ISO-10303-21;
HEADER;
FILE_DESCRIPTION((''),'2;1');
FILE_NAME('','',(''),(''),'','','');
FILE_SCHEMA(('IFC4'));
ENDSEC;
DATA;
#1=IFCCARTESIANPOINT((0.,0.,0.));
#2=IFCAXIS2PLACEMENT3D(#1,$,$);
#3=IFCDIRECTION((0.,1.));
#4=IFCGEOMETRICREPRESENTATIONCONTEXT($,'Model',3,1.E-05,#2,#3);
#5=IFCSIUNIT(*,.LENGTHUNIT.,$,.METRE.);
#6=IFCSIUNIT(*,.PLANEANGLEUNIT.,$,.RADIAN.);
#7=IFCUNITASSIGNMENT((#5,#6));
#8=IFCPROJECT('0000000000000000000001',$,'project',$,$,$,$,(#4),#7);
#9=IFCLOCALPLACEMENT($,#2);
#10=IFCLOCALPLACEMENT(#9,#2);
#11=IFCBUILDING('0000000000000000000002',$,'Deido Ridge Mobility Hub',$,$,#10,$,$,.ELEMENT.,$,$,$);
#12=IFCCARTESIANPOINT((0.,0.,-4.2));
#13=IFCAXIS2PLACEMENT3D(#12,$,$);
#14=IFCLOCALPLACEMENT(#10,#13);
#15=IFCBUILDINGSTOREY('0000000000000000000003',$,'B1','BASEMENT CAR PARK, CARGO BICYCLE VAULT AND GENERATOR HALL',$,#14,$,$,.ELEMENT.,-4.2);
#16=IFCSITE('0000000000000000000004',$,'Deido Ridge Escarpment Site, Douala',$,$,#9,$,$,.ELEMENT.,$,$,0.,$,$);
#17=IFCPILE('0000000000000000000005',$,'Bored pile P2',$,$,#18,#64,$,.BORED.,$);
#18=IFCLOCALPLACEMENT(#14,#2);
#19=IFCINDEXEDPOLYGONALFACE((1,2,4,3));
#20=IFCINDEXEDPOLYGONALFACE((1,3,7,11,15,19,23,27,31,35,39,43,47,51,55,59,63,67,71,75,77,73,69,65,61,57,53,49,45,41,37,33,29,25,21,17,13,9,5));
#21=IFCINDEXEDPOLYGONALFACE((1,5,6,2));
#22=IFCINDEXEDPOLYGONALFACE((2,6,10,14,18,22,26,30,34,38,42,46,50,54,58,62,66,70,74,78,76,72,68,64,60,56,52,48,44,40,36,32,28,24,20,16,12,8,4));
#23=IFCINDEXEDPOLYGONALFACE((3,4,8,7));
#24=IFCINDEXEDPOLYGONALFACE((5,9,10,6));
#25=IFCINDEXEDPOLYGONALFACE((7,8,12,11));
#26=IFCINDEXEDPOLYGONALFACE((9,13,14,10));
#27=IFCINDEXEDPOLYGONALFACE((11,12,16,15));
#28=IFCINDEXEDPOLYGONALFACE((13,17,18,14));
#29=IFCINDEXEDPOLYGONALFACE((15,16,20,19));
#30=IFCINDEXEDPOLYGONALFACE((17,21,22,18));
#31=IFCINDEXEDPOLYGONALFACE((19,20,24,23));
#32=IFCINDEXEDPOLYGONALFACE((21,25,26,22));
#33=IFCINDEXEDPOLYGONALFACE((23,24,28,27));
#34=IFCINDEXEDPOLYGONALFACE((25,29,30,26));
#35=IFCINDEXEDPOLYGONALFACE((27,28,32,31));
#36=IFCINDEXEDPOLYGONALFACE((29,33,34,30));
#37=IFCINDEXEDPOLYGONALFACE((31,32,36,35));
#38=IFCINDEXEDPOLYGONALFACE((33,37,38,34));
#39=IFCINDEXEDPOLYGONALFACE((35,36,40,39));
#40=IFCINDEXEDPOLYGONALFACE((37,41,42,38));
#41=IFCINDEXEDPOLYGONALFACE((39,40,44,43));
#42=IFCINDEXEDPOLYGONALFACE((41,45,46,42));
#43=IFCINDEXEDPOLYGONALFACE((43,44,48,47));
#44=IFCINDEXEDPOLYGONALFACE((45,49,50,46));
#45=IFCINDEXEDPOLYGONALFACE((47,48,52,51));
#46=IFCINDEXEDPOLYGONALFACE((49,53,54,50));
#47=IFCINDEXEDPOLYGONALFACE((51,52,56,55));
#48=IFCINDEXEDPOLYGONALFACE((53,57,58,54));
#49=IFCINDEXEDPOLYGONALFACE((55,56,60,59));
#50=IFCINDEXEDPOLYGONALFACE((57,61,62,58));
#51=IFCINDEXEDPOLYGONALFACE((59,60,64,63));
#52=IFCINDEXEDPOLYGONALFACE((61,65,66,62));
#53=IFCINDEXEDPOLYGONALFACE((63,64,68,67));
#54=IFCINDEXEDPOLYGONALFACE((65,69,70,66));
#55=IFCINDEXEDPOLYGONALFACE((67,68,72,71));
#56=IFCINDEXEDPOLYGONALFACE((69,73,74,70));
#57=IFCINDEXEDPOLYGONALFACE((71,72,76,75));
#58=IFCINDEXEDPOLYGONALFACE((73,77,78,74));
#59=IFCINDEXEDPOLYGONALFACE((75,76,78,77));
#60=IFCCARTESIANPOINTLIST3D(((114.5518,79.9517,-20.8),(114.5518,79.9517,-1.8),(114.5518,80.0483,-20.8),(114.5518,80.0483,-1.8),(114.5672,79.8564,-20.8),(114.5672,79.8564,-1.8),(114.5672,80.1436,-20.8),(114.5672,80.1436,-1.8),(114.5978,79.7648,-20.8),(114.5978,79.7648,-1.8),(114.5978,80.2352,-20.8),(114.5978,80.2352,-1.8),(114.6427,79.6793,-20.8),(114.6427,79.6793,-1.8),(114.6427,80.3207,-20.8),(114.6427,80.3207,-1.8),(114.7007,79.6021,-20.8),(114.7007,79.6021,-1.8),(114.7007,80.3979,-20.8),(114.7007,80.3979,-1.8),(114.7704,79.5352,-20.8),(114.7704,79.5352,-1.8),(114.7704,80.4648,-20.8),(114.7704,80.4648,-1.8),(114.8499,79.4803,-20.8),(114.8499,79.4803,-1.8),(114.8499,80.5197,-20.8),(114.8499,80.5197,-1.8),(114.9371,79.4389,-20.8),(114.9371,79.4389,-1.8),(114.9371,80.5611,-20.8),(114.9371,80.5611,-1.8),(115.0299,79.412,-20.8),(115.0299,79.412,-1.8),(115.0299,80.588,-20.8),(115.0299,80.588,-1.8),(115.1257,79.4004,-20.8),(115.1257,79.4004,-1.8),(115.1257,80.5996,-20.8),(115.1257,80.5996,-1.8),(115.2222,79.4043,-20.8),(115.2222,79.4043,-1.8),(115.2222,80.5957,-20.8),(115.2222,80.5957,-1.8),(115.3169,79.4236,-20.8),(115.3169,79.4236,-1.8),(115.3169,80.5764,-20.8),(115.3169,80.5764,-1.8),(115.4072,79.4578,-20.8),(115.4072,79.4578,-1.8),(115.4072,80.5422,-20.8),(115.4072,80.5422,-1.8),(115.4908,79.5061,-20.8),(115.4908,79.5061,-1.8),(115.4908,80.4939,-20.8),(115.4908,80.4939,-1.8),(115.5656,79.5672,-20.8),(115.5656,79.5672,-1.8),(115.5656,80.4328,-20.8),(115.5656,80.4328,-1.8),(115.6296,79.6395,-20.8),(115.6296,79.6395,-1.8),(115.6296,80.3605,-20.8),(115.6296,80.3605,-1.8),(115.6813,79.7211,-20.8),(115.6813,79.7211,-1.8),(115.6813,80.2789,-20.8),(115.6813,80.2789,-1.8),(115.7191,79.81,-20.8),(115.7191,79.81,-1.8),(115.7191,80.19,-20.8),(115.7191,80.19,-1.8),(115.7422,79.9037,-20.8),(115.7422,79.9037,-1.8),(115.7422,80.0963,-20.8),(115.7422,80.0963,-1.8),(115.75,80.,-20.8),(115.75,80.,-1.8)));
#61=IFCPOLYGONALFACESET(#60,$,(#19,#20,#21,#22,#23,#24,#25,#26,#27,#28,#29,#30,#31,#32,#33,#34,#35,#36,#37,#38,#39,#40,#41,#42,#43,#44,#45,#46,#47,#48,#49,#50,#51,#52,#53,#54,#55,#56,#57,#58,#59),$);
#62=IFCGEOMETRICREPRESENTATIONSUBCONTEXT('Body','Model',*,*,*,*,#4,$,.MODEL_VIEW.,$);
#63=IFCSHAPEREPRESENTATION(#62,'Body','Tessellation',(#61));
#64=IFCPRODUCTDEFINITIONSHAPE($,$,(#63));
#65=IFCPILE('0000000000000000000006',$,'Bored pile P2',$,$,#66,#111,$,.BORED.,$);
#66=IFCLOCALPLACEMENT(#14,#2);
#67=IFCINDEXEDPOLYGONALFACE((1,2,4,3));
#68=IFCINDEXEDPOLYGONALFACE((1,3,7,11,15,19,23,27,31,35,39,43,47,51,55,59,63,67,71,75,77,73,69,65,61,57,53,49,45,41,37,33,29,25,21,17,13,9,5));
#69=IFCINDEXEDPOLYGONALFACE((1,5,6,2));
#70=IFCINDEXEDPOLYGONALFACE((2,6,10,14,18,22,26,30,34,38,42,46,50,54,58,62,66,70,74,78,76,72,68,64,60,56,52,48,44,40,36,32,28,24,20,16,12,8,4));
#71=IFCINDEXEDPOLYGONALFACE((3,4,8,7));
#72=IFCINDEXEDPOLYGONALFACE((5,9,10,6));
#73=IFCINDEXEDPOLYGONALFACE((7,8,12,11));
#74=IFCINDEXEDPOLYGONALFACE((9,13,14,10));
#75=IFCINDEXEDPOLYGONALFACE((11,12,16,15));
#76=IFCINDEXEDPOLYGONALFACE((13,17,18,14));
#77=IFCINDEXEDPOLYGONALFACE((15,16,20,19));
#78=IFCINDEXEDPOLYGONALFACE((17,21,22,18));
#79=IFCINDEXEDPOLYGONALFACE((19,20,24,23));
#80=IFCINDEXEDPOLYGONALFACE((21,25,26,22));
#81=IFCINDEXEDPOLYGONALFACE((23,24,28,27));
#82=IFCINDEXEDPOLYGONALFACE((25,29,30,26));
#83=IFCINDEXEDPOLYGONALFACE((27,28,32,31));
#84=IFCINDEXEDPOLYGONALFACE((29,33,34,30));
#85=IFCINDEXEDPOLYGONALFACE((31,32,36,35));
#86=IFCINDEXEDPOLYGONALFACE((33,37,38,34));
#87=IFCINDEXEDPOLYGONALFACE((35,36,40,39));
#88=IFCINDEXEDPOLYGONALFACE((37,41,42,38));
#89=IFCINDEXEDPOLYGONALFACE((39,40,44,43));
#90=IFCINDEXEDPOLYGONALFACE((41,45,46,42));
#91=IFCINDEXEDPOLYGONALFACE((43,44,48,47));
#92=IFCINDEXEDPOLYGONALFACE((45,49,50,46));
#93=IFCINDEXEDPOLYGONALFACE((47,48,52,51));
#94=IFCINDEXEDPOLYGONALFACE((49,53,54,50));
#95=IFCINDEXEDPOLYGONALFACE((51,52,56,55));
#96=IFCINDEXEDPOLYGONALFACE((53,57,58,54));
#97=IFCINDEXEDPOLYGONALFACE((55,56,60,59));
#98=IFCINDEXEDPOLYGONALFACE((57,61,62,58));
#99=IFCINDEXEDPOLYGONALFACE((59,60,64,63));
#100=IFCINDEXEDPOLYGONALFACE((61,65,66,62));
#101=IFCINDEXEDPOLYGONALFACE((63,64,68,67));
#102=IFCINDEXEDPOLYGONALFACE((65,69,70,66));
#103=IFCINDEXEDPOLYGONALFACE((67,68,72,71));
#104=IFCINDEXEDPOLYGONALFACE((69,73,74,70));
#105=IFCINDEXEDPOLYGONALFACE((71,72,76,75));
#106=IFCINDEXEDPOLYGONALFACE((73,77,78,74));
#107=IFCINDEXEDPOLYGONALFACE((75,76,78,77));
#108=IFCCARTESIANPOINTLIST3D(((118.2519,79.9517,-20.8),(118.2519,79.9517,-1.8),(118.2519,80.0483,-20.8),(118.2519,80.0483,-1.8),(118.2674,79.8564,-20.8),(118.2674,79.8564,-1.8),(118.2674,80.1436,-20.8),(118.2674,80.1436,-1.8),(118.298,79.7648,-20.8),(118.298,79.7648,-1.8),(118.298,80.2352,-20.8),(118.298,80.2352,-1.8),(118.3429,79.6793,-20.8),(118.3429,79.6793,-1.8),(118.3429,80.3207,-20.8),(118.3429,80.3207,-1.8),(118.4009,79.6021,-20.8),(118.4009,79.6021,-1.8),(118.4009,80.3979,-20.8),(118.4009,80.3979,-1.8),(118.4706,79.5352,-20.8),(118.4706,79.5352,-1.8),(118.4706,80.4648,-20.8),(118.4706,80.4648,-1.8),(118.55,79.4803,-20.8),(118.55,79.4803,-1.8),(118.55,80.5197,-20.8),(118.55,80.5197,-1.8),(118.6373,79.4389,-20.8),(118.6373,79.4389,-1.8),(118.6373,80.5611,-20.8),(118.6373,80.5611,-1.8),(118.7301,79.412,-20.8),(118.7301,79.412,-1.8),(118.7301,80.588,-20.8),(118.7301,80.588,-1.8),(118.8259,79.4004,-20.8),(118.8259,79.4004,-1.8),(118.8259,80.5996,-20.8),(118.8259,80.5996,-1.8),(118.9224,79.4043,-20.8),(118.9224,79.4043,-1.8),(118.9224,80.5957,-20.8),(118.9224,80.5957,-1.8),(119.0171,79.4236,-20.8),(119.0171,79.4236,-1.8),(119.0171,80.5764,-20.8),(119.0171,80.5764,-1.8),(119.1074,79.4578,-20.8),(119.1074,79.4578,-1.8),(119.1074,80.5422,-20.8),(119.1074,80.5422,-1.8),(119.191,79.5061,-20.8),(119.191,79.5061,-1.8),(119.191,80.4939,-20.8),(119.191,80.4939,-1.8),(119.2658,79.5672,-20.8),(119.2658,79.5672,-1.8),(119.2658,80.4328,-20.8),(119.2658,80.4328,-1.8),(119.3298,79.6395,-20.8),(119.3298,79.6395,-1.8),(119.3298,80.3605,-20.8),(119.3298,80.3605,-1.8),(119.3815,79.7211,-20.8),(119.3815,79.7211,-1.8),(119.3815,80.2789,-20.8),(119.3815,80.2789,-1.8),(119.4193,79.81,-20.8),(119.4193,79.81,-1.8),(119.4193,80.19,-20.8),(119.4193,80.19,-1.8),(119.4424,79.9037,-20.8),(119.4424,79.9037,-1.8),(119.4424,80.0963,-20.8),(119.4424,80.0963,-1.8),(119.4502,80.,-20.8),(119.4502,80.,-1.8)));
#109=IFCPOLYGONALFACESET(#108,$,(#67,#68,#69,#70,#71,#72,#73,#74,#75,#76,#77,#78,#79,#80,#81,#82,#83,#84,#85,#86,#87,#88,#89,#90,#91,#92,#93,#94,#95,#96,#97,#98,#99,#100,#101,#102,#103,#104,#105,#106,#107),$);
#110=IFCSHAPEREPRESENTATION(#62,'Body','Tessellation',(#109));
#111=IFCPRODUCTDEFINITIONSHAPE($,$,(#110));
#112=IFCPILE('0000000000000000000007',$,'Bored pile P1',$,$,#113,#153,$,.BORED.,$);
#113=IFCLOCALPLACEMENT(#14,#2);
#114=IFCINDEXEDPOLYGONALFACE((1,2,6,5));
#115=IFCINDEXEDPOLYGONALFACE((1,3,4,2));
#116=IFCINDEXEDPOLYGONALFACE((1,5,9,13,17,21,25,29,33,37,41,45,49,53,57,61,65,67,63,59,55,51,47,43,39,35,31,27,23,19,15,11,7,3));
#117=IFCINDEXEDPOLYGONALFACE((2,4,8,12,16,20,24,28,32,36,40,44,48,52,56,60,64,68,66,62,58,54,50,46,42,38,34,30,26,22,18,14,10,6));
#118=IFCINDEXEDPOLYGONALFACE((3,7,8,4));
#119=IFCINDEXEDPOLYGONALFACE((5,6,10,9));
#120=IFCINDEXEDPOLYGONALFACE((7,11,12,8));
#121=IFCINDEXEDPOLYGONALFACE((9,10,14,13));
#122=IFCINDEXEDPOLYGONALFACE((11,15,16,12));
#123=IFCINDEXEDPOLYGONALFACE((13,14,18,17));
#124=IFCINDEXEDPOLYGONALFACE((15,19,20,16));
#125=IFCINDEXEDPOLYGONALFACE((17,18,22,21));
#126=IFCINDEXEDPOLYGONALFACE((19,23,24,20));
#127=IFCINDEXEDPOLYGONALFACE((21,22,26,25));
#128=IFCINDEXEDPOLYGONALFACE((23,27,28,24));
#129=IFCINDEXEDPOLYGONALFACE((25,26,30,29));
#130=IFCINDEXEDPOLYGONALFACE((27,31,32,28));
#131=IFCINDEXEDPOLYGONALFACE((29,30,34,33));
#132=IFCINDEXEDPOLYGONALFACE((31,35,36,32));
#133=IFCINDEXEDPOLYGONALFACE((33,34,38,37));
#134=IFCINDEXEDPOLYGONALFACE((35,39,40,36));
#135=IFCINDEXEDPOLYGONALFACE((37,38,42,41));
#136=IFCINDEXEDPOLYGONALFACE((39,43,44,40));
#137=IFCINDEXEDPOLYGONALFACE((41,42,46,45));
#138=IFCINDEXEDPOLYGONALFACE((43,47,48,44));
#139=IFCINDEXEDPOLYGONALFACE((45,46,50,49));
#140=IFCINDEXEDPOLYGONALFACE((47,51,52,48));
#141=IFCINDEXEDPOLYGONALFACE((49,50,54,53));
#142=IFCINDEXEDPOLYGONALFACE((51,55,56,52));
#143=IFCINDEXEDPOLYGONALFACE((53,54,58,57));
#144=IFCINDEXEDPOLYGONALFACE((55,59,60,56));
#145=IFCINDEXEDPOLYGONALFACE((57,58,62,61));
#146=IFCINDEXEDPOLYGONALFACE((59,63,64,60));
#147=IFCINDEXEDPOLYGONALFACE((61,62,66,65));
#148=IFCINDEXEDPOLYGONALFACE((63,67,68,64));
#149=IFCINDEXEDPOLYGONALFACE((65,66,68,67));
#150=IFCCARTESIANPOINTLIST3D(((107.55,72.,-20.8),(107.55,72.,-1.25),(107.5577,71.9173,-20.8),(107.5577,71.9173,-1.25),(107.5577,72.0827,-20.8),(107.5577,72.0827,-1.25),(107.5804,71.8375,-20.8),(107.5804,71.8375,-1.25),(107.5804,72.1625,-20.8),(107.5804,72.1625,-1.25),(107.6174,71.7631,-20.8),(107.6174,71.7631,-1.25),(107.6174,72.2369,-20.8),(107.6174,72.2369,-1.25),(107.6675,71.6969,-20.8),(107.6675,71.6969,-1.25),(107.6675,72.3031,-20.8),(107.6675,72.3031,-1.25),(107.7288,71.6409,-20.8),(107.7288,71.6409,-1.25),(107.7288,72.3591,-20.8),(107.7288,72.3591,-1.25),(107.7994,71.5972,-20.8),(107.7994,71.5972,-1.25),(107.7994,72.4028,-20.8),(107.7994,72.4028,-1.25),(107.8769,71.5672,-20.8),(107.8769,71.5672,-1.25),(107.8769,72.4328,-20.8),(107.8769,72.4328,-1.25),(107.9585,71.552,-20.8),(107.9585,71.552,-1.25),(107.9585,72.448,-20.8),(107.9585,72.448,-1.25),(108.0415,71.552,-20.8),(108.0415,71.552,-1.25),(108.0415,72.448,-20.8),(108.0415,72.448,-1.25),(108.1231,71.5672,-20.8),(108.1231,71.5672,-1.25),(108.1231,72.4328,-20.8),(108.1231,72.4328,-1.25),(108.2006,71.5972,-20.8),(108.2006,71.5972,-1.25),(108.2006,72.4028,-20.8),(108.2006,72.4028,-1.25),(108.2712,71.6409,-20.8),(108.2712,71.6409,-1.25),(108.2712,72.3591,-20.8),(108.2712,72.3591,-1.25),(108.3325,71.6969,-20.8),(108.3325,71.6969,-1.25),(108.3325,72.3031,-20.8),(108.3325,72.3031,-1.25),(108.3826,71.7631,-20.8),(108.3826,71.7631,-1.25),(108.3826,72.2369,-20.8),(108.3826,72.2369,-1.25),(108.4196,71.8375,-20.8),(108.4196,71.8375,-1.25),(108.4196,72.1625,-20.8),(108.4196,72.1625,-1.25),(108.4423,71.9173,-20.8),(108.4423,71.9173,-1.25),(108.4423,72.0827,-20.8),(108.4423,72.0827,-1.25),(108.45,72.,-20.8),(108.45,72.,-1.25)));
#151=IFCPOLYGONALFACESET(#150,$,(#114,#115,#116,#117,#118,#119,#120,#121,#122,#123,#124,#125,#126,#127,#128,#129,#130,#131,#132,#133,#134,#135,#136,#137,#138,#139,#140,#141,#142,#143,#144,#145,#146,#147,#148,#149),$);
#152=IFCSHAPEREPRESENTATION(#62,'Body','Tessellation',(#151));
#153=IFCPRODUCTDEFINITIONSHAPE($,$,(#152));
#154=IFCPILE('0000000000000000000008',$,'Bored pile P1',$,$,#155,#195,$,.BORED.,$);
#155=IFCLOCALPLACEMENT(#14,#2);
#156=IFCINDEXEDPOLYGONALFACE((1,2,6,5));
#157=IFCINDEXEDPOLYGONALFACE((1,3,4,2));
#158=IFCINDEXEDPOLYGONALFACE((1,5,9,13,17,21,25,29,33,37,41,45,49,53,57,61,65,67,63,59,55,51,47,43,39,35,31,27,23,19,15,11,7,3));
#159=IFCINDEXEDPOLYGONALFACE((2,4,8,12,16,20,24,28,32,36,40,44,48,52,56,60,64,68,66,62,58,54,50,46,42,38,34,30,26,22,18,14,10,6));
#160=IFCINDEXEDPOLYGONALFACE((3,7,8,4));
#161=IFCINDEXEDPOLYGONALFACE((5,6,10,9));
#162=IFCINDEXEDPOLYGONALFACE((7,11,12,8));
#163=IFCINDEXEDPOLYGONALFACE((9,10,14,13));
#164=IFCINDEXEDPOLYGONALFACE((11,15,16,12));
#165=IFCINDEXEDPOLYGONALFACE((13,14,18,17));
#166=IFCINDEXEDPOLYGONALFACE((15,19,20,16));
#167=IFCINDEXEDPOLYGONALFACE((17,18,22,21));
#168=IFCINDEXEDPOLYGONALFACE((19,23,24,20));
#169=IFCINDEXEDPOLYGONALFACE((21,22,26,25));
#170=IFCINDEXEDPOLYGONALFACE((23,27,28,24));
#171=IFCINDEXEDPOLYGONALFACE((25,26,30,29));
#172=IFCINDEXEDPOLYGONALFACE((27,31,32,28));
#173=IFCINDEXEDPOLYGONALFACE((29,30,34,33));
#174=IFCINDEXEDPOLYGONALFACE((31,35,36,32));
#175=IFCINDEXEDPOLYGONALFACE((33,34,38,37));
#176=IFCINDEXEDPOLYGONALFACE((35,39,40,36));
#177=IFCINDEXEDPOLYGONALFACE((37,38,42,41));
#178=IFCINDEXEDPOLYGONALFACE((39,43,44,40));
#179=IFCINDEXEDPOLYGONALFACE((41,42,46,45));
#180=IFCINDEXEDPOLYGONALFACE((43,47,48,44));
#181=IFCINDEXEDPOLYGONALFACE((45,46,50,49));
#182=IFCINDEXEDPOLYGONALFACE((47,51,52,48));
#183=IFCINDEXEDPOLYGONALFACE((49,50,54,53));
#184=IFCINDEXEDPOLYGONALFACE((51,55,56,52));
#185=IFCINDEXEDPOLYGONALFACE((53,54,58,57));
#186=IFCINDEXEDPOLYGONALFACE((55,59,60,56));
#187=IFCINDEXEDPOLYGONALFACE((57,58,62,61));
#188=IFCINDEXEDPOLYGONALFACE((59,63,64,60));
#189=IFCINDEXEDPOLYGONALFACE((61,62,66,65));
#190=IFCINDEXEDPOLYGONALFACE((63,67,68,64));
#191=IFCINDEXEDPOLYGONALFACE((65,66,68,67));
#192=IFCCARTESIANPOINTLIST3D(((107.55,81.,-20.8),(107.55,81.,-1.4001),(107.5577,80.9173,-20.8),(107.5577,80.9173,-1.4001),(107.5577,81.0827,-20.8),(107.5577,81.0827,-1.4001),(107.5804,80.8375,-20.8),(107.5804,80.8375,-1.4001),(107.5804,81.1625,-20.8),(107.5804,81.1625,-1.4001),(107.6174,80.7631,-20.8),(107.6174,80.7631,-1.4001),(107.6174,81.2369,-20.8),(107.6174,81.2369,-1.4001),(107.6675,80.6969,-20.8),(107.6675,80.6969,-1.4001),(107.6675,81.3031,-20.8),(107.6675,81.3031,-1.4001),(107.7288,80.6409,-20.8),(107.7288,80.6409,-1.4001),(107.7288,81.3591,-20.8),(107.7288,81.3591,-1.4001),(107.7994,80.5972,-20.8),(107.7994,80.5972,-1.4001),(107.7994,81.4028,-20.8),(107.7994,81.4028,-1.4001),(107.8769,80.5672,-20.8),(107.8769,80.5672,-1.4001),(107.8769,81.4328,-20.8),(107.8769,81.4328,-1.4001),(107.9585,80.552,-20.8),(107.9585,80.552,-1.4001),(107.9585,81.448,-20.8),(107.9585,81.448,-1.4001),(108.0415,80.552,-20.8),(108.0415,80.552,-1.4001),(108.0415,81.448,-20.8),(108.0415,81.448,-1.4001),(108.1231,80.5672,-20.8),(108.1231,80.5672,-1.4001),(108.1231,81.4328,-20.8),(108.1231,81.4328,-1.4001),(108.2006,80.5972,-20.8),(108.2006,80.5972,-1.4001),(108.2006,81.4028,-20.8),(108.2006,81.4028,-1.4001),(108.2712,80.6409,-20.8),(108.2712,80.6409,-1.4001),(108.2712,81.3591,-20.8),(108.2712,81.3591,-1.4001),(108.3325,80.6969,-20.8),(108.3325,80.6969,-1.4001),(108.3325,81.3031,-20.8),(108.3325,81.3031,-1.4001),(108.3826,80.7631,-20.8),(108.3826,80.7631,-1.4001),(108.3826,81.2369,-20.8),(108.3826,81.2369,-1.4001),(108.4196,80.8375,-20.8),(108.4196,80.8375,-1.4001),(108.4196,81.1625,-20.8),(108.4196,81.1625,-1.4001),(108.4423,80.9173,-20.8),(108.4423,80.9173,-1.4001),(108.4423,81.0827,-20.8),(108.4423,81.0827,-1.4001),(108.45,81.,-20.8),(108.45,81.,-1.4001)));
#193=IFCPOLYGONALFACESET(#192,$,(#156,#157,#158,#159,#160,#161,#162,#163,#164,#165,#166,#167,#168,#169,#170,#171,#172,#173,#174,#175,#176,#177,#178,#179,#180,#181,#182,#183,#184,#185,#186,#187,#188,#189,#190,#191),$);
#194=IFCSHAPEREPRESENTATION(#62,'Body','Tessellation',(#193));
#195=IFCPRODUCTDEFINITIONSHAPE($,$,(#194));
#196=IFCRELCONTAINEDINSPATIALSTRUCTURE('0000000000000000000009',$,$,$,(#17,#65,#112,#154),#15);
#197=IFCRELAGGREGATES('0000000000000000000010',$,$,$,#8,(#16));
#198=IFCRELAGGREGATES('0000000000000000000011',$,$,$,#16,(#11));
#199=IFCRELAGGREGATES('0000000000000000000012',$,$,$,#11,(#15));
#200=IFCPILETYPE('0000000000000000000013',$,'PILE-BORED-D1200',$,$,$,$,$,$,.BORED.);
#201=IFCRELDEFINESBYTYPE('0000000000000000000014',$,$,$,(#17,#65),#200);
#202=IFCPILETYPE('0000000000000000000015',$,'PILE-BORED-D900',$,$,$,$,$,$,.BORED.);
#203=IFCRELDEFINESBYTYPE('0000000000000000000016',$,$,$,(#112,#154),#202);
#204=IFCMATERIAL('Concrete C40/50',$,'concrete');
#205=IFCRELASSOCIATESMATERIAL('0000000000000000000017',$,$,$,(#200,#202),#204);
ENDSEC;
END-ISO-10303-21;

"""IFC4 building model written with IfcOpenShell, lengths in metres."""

from ifc_helpers import new_model, si_unit, direction, frame, origin, origin_2d, place, context, subcontext, project, spatial, circle, extrude, material, material_profile, profile_set, type_object, element, save


model = new_model("IFC4")

# Units and contexts
model_context = context("Model", 3, precision=1e-05, world=origin(), true_north=direction((0.0, 1.0)))
body_context = subcontext(model_context, "Body", "Model", "MODEL_VIEW")
ifc_project = project(units=[si_unit("LENGTHUNIT", "METRE"), si_unit("PLANEANGLEUNIT", "RADIAN")], contexts=[model_context])

# Site, building, storey
site_placement = place(None, origin())
site = spatial("IfcSite", under=ifc_project, at=site_placement, Name="Deido Ridge Escarpment Site, Douala", CompositionType="ELEMENT", RefElevation=0.0)
building_placement = place(site_placement, origin())
building = spatial("IfcBuilding", under=site, at=building_placement, Name="Deido Ridge Mobility Hub", CompositionType="ELEMENT")
storey_placement = place(building_placement, frame((0.0, 0.0, -4.2)))
storey = spatial("IfcBuildingStorey", under=building, at=storey_placement, Name="B1", Description="BASEMENT CAR PARK, CARGO BICYCLE VAULT AND GENERATOR HALL", CompositionType="ELEMENT", Elevation=-4.2)

# Shared definitions
ifc_material_1 = material(Name="Concrete C40/50", Category="concrete")

# Piles
ifc_material_profile_1 = material_profile(ifc_material_1, circle(Radius=0.6001, at=origin_2d()), Name="BORED PILE D1200")
ifc_profile_set_1 = profile_set([ifc_material_profile_1], Name="Concrete C40/50")
pile_type_1 = type_object("IfcPileType", Name="PILE-BORED-D1200", PredefinedType="BORED", material=ifc_profile_set_1)
for number, where, z_axis, x_axis, name in (
    (1, (115.1499, 80.0, -1.8), (0.0, 0.0, -1.0), (1.0, 0.0, 0.0), "Bored pile P2"),
    (2, (118.8501, 80.0, -1.8), (0.0, 0.0, -1.0), (1.0, 0.0, 0.0), "Bored pile P2"),
):
    element("IfcPile", number, at=place(storey_placement, frame(where, z_axis=z_axis, x_axis=x_axis)), inside=storey, type_object=pile_type_1, Name=name, PredefinedType="BORED", context=body_context, shape_type="SweptSolid", body=[
        extrude(circle(Radius=0.6001, at=origin_2d()), origin(), (0.0, 0.0, 1.0), 19.0),
    ])
ifc_material_profile_2 = material_profile(ifc_material_1, circle(Radius=0.45, at=origin_2d()), Name="BORED PILE D900")
ifc_profile_set_2 = profile_set([ifc_material_profile_2], Name="Concrete C40/50")
pile_type_2 = type_object("IfcPileType", Name="PILE-BORED-D900", PredefinedType="BORED", material=ifc_profile_set_2)
pile_1_placement = place(storey_placement, frame((108.0, 72.0, -1.25), z_axis=(0.0, 0.0, -1.0), x_axis=(1.0, 0.0, 0.0)))
element("IfcPile", 3, at=pile_1_placement, inside=storey, type_object=pile_type_2, Name="Bored pile P1", PredefinedType="BORED", context=body_context, shape_type="SweptSolid", body=[
    extrude(circle(Radius=0.45, at=origin_2d()), origin(), (0.0, 0.0, 1.0), 19.55),
])
pile_2_placement = place(storey_placement, frame((108.0, 81.0, -1.4001), z_axis=(0.0, 0.0, -1.0), x_axis=(1.0, 0.0, 0.0)))
element("IfcPile", 4, at=pile_2_placement, inside=storey, type_object=pile_type_2, Name="Bored pile P1", PredefinedType="BORED", context=body_context, shape_type="SweptSolid", body=[
    extrude(circle(Radius=0.45, at=origin_2d()), origin(), (0.0, 0.0, 1.0), 19.3999),
])

save(model, "model.ifc")
